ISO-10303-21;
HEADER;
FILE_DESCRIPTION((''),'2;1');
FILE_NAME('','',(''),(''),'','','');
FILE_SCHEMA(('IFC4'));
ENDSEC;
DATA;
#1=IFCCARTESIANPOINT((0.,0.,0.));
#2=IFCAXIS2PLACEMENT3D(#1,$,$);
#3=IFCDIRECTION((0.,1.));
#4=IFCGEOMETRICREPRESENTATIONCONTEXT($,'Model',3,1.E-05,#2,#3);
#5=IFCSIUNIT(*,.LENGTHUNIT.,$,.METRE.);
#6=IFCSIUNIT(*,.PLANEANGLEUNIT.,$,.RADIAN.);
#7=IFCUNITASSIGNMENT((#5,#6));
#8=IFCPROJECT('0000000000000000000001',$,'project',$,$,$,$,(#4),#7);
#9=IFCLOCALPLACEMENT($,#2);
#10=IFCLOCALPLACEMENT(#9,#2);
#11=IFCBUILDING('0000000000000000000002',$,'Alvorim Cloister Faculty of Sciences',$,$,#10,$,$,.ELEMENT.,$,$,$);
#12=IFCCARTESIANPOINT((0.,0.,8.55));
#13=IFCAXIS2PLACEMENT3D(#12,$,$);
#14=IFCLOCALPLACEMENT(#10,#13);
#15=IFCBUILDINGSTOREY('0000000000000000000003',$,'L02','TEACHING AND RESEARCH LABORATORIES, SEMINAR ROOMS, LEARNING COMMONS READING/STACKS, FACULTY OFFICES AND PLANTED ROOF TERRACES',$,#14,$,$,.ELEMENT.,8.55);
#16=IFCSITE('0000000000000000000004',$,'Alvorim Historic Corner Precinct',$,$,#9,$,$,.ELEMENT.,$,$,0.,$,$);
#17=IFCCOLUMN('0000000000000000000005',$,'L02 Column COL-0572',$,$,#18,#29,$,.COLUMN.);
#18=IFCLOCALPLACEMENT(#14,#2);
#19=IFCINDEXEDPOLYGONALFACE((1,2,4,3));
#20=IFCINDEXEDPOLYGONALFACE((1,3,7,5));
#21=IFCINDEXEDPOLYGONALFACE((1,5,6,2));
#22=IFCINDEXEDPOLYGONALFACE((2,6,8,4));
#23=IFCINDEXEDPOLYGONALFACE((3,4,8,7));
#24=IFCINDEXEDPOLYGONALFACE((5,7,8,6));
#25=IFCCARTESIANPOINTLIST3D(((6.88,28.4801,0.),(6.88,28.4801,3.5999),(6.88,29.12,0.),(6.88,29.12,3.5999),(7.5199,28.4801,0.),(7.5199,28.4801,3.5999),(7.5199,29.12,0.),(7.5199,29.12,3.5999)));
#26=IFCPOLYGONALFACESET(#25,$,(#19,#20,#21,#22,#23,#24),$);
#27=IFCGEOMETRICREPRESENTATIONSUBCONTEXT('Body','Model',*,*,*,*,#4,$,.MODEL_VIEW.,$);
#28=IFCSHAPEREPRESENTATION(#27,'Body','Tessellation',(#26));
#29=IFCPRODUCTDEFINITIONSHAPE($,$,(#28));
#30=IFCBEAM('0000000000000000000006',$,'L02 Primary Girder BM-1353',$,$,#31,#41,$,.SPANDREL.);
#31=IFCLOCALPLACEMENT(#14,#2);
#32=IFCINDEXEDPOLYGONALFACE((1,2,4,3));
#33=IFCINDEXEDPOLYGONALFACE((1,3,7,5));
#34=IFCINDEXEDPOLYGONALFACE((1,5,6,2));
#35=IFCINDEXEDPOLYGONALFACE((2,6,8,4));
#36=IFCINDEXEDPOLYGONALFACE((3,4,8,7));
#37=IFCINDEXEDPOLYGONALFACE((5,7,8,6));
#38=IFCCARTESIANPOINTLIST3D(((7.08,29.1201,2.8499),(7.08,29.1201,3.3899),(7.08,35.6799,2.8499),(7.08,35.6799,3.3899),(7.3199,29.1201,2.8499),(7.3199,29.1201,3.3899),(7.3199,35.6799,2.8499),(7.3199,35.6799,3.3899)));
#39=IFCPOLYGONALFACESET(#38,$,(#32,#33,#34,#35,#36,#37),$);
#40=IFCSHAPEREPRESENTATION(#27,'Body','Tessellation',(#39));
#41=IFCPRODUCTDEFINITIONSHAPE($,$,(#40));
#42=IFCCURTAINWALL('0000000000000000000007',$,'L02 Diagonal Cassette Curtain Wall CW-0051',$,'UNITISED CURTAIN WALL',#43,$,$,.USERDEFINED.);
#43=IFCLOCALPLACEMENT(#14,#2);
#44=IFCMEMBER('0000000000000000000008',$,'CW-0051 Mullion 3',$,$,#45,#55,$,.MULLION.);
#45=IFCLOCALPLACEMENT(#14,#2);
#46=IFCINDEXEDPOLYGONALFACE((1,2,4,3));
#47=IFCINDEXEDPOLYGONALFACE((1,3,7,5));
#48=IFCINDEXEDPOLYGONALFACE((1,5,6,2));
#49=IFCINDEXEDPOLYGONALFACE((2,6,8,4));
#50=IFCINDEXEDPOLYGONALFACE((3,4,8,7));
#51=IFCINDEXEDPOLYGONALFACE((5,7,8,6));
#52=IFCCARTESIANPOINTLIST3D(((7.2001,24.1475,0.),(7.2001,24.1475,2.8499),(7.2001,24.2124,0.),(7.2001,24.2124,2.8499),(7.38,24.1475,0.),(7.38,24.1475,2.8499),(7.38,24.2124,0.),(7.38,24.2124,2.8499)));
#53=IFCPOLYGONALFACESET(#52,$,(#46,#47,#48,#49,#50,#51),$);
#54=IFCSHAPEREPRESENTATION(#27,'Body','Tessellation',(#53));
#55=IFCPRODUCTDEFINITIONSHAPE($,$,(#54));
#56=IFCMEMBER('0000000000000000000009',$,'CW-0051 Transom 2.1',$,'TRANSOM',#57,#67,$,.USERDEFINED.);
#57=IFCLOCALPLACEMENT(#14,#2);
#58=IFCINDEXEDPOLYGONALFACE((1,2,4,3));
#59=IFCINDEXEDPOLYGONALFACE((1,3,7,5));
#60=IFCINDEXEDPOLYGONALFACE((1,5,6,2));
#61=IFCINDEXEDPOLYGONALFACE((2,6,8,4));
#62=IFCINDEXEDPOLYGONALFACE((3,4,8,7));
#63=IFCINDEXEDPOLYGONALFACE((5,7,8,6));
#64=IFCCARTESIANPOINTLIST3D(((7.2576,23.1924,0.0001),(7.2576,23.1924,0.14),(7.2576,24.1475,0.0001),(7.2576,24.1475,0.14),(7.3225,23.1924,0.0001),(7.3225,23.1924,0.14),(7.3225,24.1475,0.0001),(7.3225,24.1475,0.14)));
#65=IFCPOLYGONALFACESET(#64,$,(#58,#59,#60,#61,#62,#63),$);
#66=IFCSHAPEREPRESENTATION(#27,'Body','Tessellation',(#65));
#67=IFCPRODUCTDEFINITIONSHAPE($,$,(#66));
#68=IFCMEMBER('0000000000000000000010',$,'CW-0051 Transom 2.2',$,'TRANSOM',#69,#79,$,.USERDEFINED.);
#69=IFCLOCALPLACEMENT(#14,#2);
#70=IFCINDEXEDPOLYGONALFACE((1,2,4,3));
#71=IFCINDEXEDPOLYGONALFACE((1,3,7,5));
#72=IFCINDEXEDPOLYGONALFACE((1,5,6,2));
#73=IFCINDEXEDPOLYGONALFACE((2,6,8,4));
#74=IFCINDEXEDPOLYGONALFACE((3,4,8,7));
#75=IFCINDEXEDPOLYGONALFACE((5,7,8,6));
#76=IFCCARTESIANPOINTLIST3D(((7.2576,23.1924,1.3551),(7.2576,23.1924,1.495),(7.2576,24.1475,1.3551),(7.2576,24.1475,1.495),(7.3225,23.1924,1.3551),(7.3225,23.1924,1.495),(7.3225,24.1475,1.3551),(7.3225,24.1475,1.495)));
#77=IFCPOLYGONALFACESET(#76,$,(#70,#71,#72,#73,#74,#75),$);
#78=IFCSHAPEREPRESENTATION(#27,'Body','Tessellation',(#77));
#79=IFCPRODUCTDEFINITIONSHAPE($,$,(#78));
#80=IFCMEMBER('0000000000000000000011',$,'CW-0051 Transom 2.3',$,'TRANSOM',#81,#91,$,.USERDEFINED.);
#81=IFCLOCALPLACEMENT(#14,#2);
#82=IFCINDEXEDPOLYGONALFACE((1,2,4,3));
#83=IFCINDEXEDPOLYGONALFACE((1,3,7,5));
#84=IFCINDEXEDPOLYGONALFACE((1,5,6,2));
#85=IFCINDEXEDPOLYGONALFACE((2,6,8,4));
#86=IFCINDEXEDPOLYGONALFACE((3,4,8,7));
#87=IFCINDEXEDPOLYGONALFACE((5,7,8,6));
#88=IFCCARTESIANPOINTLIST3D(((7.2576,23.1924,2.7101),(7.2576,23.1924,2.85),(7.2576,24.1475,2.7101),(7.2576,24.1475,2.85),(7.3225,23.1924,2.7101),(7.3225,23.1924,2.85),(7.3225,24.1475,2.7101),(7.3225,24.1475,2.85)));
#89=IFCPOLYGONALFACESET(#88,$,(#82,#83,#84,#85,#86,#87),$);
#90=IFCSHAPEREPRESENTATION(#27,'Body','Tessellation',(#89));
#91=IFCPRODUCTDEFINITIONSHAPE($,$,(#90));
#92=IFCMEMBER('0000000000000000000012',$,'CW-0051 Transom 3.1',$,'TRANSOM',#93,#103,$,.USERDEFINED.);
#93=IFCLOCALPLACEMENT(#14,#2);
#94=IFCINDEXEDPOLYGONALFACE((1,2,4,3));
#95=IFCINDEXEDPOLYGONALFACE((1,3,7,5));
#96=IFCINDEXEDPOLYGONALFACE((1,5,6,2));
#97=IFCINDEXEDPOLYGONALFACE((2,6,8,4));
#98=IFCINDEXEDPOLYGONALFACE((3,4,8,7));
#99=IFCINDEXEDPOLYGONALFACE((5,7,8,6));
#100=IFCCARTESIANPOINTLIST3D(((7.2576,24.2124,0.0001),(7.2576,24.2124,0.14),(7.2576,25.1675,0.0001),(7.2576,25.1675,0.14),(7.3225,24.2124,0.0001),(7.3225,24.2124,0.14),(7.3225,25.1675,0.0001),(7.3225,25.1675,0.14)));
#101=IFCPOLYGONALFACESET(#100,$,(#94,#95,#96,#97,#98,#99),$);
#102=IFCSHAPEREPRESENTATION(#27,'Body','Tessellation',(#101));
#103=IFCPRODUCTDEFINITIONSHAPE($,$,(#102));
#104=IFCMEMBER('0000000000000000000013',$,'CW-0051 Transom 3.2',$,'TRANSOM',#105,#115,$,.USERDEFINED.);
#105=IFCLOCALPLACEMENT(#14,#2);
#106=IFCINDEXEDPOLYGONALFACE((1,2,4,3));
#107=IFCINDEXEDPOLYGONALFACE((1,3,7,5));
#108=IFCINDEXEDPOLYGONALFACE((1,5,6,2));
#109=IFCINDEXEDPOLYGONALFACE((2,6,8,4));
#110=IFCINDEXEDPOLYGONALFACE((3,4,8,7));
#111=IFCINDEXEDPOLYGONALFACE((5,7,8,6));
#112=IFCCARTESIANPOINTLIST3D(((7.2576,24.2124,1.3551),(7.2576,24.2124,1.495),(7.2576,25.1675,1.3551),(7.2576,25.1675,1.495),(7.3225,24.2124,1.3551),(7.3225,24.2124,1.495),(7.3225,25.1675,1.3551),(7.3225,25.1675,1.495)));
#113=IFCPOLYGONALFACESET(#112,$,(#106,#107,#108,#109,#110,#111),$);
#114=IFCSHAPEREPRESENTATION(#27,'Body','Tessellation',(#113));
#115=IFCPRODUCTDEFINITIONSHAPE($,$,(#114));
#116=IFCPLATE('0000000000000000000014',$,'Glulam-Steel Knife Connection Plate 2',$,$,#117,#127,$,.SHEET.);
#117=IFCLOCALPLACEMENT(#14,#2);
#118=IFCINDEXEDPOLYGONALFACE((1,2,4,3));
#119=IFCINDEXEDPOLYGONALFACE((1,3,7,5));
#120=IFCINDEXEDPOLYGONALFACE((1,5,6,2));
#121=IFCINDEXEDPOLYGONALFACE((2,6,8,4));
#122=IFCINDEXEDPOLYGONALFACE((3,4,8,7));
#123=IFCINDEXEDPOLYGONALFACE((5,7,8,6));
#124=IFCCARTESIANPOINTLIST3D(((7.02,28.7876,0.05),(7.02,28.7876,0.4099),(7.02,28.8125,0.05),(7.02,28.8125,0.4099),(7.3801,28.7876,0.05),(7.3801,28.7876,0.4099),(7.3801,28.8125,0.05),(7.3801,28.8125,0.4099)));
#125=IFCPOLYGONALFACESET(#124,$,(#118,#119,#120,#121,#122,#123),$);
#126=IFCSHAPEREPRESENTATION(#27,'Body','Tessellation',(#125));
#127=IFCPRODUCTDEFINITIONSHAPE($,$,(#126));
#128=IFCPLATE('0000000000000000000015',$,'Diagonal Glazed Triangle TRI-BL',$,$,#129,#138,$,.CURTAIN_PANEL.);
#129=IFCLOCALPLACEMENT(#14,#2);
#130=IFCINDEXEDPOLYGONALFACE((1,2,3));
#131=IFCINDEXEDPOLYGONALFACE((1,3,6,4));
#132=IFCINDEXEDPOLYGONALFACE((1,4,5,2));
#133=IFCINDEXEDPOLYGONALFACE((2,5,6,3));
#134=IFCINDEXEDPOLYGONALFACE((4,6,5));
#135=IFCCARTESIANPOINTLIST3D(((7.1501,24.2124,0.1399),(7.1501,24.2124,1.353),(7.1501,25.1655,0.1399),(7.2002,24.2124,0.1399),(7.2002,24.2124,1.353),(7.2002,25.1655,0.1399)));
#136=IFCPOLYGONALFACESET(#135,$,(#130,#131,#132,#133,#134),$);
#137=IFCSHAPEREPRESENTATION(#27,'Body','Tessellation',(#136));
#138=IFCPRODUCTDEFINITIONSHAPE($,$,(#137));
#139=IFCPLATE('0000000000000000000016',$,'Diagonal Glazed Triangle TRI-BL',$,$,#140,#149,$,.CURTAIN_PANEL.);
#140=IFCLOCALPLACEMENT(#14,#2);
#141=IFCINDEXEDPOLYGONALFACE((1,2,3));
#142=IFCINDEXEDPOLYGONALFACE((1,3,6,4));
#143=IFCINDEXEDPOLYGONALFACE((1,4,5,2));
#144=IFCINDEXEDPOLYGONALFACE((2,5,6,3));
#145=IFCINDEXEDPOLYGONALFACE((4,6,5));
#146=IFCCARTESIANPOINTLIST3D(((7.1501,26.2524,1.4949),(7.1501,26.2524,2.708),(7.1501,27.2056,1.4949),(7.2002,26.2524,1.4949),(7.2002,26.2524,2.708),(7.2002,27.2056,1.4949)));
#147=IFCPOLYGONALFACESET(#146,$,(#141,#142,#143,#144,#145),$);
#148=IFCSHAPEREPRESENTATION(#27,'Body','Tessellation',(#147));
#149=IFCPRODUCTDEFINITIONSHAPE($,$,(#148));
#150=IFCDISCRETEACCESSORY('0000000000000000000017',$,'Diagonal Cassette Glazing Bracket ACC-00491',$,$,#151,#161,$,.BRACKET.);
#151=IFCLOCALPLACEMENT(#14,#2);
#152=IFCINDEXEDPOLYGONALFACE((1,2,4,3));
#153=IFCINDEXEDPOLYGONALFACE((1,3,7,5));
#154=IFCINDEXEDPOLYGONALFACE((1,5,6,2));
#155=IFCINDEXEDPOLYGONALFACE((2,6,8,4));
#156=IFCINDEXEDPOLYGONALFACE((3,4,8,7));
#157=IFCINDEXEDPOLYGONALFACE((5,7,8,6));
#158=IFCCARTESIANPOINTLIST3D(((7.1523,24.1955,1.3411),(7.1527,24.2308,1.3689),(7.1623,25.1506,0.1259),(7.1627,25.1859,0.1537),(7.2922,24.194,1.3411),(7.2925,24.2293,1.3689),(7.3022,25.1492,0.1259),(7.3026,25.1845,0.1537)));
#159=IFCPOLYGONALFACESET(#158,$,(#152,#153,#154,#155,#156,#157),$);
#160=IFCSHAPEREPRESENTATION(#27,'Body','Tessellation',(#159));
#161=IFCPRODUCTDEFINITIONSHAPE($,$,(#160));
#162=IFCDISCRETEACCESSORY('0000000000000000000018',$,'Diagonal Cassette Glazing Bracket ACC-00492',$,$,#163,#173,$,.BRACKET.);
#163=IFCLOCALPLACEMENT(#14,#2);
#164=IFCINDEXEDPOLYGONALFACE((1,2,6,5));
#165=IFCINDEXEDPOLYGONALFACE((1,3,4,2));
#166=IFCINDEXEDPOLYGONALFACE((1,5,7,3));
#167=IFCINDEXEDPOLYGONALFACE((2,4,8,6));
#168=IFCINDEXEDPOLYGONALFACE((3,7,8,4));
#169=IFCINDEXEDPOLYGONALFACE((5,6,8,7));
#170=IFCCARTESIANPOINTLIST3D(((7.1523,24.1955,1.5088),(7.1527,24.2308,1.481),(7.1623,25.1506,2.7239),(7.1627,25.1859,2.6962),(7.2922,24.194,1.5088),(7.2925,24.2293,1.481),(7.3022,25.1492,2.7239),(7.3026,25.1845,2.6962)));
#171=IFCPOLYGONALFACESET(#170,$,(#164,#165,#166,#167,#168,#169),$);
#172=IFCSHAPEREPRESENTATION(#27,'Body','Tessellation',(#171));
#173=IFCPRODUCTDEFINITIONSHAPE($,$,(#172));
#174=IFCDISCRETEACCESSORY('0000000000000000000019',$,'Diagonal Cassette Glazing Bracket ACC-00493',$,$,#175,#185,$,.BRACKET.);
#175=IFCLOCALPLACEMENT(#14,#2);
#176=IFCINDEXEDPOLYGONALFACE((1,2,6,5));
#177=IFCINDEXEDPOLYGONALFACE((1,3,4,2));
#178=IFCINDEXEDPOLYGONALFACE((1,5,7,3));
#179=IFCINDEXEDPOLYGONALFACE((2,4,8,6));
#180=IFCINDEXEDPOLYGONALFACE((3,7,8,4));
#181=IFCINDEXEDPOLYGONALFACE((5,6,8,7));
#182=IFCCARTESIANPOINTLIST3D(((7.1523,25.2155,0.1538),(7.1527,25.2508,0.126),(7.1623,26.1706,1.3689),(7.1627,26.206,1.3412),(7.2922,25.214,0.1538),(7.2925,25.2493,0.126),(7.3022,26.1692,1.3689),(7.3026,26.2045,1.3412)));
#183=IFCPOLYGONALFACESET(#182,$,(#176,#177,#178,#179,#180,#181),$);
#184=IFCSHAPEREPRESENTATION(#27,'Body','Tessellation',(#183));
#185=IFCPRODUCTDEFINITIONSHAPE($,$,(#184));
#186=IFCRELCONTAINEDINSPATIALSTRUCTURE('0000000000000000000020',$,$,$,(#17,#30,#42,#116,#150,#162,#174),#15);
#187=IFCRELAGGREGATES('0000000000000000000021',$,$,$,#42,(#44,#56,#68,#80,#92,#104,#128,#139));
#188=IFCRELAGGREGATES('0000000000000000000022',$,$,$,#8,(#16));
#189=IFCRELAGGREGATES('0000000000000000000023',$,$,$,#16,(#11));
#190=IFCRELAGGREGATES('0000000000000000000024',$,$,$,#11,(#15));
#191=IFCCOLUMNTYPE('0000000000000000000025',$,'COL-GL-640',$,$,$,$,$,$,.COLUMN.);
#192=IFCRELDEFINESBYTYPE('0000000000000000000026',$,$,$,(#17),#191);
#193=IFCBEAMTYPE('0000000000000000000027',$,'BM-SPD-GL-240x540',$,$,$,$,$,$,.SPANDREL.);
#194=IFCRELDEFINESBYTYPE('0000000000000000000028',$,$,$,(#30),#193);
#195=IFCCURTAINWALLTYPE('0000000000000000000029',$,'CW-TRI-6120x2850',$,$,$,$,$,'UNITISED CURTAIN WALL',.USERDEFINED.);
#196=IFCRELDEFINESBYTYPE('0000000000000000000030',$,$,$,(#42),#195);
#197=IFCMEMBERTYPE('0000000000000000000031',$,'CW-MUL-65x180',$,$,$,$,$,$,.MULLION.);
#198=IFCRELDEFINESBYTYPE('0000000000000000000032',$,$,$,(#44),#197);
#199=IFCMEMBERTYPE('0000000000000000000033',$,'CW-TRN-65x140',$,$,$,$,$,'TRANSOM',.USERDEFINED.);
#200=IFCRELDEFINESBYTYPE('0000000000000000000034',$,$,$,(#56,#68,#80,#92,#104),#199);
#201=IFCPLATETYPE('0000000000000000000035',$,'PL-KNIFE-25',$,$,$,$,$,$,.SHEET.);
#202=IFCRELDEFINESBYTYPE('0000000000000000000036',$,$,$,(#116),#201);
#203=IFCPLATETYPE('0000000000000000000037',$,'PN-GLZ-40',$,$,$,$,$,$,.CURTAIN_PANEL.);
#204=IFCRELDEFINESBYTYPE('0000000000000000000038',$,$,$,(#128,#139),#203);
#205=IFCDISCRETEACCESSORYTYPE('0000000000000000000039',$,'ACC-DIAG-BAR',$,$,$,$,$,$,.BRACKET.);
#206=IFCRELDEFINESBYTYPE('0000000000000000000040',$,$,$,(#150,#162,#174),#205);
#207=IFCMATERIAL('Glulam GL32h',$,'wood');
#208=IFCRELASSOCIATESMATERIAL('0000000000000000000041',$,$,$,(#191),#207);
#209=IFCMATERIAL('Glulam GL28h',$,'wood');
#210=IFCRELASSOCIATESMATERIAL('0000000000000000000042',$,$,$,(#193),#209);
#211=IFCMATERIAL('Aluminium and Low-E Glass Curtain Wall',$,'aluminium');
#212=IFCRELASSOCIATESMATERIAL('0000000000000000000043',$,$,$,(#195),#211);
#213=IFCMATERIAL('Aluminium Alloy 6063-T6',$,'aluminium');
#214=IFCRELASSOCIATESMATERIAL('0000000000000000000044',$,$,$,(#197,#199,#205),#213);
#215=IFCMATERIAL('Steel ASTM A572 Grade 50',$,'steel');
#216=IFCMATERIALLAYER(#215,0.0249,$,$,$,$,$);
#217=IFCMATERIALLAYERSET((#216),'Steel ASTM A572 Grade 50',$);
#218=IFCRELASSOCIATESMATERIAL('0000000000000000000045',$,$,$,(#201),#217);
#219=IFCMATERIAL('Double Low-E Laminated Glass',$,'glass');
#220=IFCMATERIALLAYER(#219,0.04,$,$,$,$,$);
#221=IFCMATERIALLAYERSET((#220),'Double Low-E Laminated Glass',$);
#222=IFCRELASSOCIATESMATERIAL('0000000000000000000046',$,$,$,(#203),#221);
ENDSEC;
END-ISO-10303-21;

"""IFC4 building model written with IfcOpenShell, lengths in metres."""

from ifc_helpers import new_model, si_unit, direction, frame, origin, origin_2d, place, context, subcontext, project, spatial, polyline, rectangle, outline, extrude, material, layer, layer_set, material_profile, profile_set, type_object, element, aggregate, save


model = new_model("IFC4")

# Units and contexts
model_context = context("Model", 3, precision=1e-05, world=origin(), true_north=direction((0.0, 1.0)))
body_context = subcontext(model_context, "Body", "Model", "MODEL_VIEW")
ifc_project = project(units=[si_unit("LENGTHUNIT", "METRE"), si_unit("PLANEANGLEUNIT", "RADIAN")], contexts=[model_context])

# Site, building, storey
site_placement = place(None, origin())
site = spatial("IfcSite", under=ifc_project, at=site_placement, Name="Alvorim Historic Corner Precinct", CompositionType="ELEMENT", RefElevation=0.0)
building_placement = place(site_placement, origin())
building = spatial("IfcBuilding", under=site, at=building_placement, Name="Alvorim Cloister Faculty of Sciences", CompositionType="ELEMENT")
storey_placement = place(building_placement, frame((0.0, 0.0, 8.55)))
storey = spatial("IfcBuildingStorey", under=building, at=storey_placement, Name="L02", Description="TEACHING AND RESEARCH LABORATORIES, SEMINAR ROOMS, LEARNING COMMONS READING/STACKS, FACULTY OFFICES AND PLANTED ROOF TERRACES", CompositionType="ELEMENT", Elevation=8.55)

# Column
ifc_material_1 = material(Name="Glulam GL32h", Category="wood")
ifc_material_profile_1 = material_profile(ifc_material_1, rectangle(XDim=0.6399, YDim=0.6399, at=origin_2d()), Name="GL32-COL-640x640")
ifc_profile_set_1 = profile_set([ifc_material_profile_1], Name="Glulam GL32h")
column_type = type_object("IfcColumnType", Name="COL-GL-640", PredefinedType="COLUMN", material=ifc_profile_set_1)
column_placement = place(storey_placement, frame((7.2, 28.8, 0.0), z_axis=(0.0, 0.0, 1.0), x_axis=(1.0, 0.0, 0.0)))
element("IfcColumn", 1, at=column_placement, inside=storey, type_object=column_type, Name="L02 Column COL-0572", PredefinedType="COLUMN", context=body_context, shape_type="SweptSolid", body=[
    extrude(rectangle(XDim=0.6399, YDim=0.6399, at=origin_2d()), origin(), (0.0, 0.0, 1.0), 3.5999),
])

# Beam
ifc_material_2 = material(Name="Glulam GL28h", Category="wood")
ifc_material_profile_2 = material_profile(ifc_material_2, rectangle(XDim=0.24, YDim=0.54, at=origin_2d()), Name="GL28-SPD-240x540")
ifc_profile_set_2 = profile_set([ifc_material_profile_2], Name="Glulam GL28h")
beam_type = type_object("IfcBeamType", Name="BM-SPD-GL-240x540", PredefinedType="SPANDREL", material=ifc_profile_set_2)
beam_placement = place(storey_placement, frame((7.2, 29.1201, 3.1199), z_axis=(0.0, 1.0, 0.0), x_axis=(-1.0, 0.0, 0.0)))
element("IfcBeam", 2, at=beam_placement, inside=storey, type_object=beam_type, Name="L02 Primary Girder BM-1353", PredefinedType="SPANDREL", context=body_context, shape_type="SweptSolid", body=[
    extrude(rectangle(XDim=0.24, YDim=0.54, at=origin_2d()), origin(), (0.0, 0.0, 1.0), 6.5598),
])

# Curtain wall, members
ifc_material_3 = material(Name="Aluminium and Low-E Glass Curtain Wall", Category="aluminium")
curtain_wall_type = type_object("IfcCurtainWallType", Name="CW-TRI-6120x2850", ElementType="UNITISED CURTAIN WALL", PredefinedType="USERDEFINED", material=ifc_material_3)
curtain_wall_placement = place(storey_placement, origin())
curtain_wall = element("IfcCurtainWall", 3, at=curtain_wall_placement, inside=storey, type_object=curtain_wall_type, Name="L02 Diagonal Cassette Curtain Wall CW-0051", ObjectType="UNITISED CURTAIN WALL", PredefinedType="USERDEFINED")
ifc_material_4 = material(Name="Aluminium Alloy 6063-T6", Category="aluminium")
ifc_material_profile_3 = material_profile(ifc_material_4, rectangle(XDim=0.0649, YDim=0.1799, at=origin_2d()), Name="ALU-MUL-65x180")
ifc_profile_set_3 = profile_set([ifc_material_profile_3], Name="Aluminium Alloy 6063-T6")
member_type_1 = type_object("IfcMemberType", Name="CW-MUL-65x180", PredefinedType="MULLION", material=ifc_profile_set_3)
member_1_placement = place(storey_placement, frame((7.29, 24.1799, 0.0), z_axis=(0.0, 0.0, 1.0), x_axis=(0.0, 1.0, 0.0)))
member_1 = element("IfcMember", 4, at=member_1_placement, type_object=member_type_1, Name="CW-0051 Mullion 3", PredefinedType="MULLION", context=body_context, shape_type="SweptSolid", body=[
    extrude(rectangle(XDim=0.0649, YDim=0.1799, at=origin_2d()), origin(), (0.0, 0.0, 1.0), 2.8499),
])
ifc_material_profile_4 = material_profile(ifc_material_4, rectangle(XDim=0.0649, YDim=0.1399, at=origin_2d()), Name="ALU-TRN-65x140")
ifc_profile_set_4 = profile_set([ifc_material_profile_4], Name="Aluminium Alloy 6063-T6")
member_type_2 = type_object("IfcMemberType", Name="CW-TRN-65x140", ElementType="TRANSOM", PredefinedType="USERDEFINED", material=ifc_profile_set_4)
member_2_placement = place(storey_placement, frame((7.29, 23.1924, 0.0701), z_axis=(0.0, 1.0, 0.0), x_axis=(-1.0, 0.0, 0.0)))
member_2 = element("IfcMember", 5, at=member_2_placement, type_object=member_type_2, Name="CW-0051 Transom 2.1", ObjectType="TRANSOM", PredefinedType="USERDEFINED", context=body_context, shape_type="SweptSolid", body=[
    extrude(rectangle(XDim=0.0649, YDim=0.1399, at=origin_2d()), origin(), (0.0, 0.0, 1.0), 0.9551),
])
member_3_placement = place(storey_placement, frame((7.29, 23.1924, 1.425), z_axis=(0.0, 1.0, 0.0), x_axis=(-1.0, 0.0, 0.0)))
member_3 = element("IfcMember", 6, at=member_3_placement, type_object=member_type_2, Name="CW-0051 Transom 2.2", ObjectType="TRANSOM", PredefinedType="USERDEFINED", context=body_context, shape_type="SweptSolid", body=[
    extrude(rectangle(XDim=0.0649, YDim=0.1399, at=origin_2d()), origin(), (0.0, 0.0, 1.0), 0.9551),
])
member_4_placement = place(storey_placement, frame((7.29, 23.1924, 2.78), z_axis=(0.0, 1.0, 0.0), x_axis=(-1.0, 0.0, 0.0)))
member_4 = element("IfcMember", 7, at=member_4_placement, type_object=member_type_2, Name="CW-0051 Transom 2.3", ObjectType="TRANSOM", PredefinedType="USERDEFINED", context=body_context, shape_type="SweptSolid", body=[
    extrude(rectangle(XDim=0.0649, YDim=0.1399, at=origin_2d()), origin(), (0.0, 0.0, 1.0), 0.9551),
])
member_5_placement = place(storey_placement, frame((7.29, 24.2124, 0.0701), z_axis=(0.0, 1.0, 0.0), x_axis=(-1.0, 0.0, 0.0)))
member_5 = element("IfcMember", 8, at=member_5_placement, type_object=member_type_2, Name="CW-0051 Transom 3.1", ObjectType="TRANSOM", PredefinedType="USERDEFINED", context=body_context, shape_type="SweptSolid", body=[
    extrude(rectangle(XDim=0.0649, YDim=0.1399, at=origin_2d()), origin(), (0.0, 0.0, 1.0), 0.9551),
])
member_6_placement = place(storey_placement, frame((7.29, 24.2124, 1.425), z_axis=(0.0, 1.0, 0.0), x_axis=(-1.0, 0.0, 0.0)))
member_6 = element("IfcMember", 9, at=member_6_placement, type_object=member_type_2, Name="CW-0051 Transom 3.2", ObjectType="TRANSOM", PredefinedType="USERDEFINED", context=body_context, shape_type="SweptSolid", body=[
    extrude(rectangle(XDim=0.0649, YDim=0.1399, at=origin_2d()), origin(), (0.0, 0.0, 1.0), 0.9551),
])

# Plates
ifc_material_5 = material(Name="Steel ASTM A572 Grade 50", Category="steel")
ifc_layer_1 = layer(ifc_material_5, 0.0249)
ifc_layer_set_1 = layer_set([ifc_layer_1], Name="Steel ASTM A572 Grade 50")
plate_type_1 = type_object("IfcPlateType", Name="PL-KNIFE-25", PredefinedType="SHEET", material=ifc_layer_set_1)
plate_1_placement = place(storey_placement, frame((7.02, 28.8, 0.05), z_axis=(0.0, 0.0, 1.0), x_axis=(1.0, 0.0, 0.0)))
element("IfcPlate", 10, at=plate_1_placement, inside=storey, type_object=plate_type_1, Name="Glulam-Steel Knife Connection Plate 2", PredefinedType="SHEET", context=body_context, shape_type="SweptSolid", body=[
    extrude(outline(polyline([(0.0, 0.0), (0.3601, 0.0), (0.3601, 0.3599), (0.0, 0.3599), (0.0, 0.0)])), frame((0.0, 0.0125, 0.0), z_axis=(0.0, -1.0, 0.0), x_axis=(1.0, 0.0, 0.0)), (0.0, 0.0, 1.0), 0.0249),
])
ifc_material_6 = material(Name="Double Low-E Laminated Glass", Category="glass")
ifc_layer_2 = layer(ifc_material_6, 0.04)
ifc_layer_set_2 = layer_set([ifc_layer_2], Name="Double Low-E Laminated Glass")
plate_type_2 = type_object("IfcPlateType", Name="PN-GLZ-40", PredefinedType="CURTAIN_PANEL", material=ifc_layer_set_2)
plate_2_placement = place(storey_placement, frame((7.175, 24.2124, 0.1399), z_axis=(0.0, 0.0, 1.0), x_axis=(0.0, 1.0, 0.0)))
plate_2 = element("IfcPlate", 11, at=plate_2_placement, type_object=plate_type_2, Name="Diagonal Glazed Triangle TRI-BL", PredefinedType="CURTAIN_PANEL", context=body_context, shape_type="SweptSolid", body=[
    extrude(outline(polyline([(0.0, 0.0), (0.9531, 0.0), (0.0, 1.2131), (0.0, 0.0)])), frame((0.0, 0.0249, 0.0), z_axis=(0.0, -1.0, 0.0), x_axis=(1.0, 0.0, 0.0)), (0.0, 0.0, 1.0), 0.05),
])
plate_3_placement = place(storey_placement, frame((7.175, 26.2524, 1.4949), z_axis=(0.0, 0.0, 1.0), x_axis=(0.0, 1.0, 0.0)))
plate_3 = element("IfcPlate", 12, at=plate_3_placement, type_object=plate_type_2, Name="Diagonal Glazed Triangle TRI-BL", PredefinedType="CURTAIN_PANEL", context=body_context, shape_type="SweptSolid", body=[
    extrude(outline(polyline([(0.0, 0.0), (0.9531, 0.0), (0.0, 1.2131), (0.0, 0.0)])), frame((0.0, 0.0249, 0.0), z_axis=(0.0, -1.0, 0.0), x_axis=(1.0, 0.0, 0.0)), (0.0, 0.0, 1.0), 0.05),
])
aggregate(curtain_wall, [member_1, member_2, member_3, member_4, member_5, member_6, plate_2, plate_3])

# Discrete accessories
discrete_accessory_type = type_object("IfcDiscreteAccessoryType", Name="ACC-DIAG-BAR", PredefinedType="BRACKET", material=ifc_material_4)
for number, where, z_axis, x_axis, name in (
    (13, (7.2224, 24.2124, 1.355), (0.006477, 0.617955, -0.786187), (-0.999945, 0.01048, 0.0), "Diagonal Cassette Glazing Bracket ACC-00491"),
    (14, (7.2224, 24.2124, 1.4949), (0.006477, 0.617955, 0.786187), (-0.999945, 0.01048, 0.0), "Diagonal Cassette Glazing Bracket ACC-00492"),
    (15, (7.2224, 25.2324, 0.1399), (0.006477, 0.617955, 0.786187), (-0.999945, 0.01048, 0.0), "Diagonal Cassette Glazing Bracket ACC-00493"),
):
    element("IfcDiscreteAccessory", number, at=place(storey_placement, frame(where, z_axis=z_axis, x_axis=x_axis)), inside=storey, type_object=discrete_accessory_type, Name=name, PredefinedType="BRACKET", context=body_context, shape_type="SweptSolid", body=[
        extrude(rectangle(XDim=0.1399, YDim=0.0449, at=origin_2d()), origin(), (0.0, 0.0, 1.0), 1.5457),
    ])

save(model, "model.ifc")
